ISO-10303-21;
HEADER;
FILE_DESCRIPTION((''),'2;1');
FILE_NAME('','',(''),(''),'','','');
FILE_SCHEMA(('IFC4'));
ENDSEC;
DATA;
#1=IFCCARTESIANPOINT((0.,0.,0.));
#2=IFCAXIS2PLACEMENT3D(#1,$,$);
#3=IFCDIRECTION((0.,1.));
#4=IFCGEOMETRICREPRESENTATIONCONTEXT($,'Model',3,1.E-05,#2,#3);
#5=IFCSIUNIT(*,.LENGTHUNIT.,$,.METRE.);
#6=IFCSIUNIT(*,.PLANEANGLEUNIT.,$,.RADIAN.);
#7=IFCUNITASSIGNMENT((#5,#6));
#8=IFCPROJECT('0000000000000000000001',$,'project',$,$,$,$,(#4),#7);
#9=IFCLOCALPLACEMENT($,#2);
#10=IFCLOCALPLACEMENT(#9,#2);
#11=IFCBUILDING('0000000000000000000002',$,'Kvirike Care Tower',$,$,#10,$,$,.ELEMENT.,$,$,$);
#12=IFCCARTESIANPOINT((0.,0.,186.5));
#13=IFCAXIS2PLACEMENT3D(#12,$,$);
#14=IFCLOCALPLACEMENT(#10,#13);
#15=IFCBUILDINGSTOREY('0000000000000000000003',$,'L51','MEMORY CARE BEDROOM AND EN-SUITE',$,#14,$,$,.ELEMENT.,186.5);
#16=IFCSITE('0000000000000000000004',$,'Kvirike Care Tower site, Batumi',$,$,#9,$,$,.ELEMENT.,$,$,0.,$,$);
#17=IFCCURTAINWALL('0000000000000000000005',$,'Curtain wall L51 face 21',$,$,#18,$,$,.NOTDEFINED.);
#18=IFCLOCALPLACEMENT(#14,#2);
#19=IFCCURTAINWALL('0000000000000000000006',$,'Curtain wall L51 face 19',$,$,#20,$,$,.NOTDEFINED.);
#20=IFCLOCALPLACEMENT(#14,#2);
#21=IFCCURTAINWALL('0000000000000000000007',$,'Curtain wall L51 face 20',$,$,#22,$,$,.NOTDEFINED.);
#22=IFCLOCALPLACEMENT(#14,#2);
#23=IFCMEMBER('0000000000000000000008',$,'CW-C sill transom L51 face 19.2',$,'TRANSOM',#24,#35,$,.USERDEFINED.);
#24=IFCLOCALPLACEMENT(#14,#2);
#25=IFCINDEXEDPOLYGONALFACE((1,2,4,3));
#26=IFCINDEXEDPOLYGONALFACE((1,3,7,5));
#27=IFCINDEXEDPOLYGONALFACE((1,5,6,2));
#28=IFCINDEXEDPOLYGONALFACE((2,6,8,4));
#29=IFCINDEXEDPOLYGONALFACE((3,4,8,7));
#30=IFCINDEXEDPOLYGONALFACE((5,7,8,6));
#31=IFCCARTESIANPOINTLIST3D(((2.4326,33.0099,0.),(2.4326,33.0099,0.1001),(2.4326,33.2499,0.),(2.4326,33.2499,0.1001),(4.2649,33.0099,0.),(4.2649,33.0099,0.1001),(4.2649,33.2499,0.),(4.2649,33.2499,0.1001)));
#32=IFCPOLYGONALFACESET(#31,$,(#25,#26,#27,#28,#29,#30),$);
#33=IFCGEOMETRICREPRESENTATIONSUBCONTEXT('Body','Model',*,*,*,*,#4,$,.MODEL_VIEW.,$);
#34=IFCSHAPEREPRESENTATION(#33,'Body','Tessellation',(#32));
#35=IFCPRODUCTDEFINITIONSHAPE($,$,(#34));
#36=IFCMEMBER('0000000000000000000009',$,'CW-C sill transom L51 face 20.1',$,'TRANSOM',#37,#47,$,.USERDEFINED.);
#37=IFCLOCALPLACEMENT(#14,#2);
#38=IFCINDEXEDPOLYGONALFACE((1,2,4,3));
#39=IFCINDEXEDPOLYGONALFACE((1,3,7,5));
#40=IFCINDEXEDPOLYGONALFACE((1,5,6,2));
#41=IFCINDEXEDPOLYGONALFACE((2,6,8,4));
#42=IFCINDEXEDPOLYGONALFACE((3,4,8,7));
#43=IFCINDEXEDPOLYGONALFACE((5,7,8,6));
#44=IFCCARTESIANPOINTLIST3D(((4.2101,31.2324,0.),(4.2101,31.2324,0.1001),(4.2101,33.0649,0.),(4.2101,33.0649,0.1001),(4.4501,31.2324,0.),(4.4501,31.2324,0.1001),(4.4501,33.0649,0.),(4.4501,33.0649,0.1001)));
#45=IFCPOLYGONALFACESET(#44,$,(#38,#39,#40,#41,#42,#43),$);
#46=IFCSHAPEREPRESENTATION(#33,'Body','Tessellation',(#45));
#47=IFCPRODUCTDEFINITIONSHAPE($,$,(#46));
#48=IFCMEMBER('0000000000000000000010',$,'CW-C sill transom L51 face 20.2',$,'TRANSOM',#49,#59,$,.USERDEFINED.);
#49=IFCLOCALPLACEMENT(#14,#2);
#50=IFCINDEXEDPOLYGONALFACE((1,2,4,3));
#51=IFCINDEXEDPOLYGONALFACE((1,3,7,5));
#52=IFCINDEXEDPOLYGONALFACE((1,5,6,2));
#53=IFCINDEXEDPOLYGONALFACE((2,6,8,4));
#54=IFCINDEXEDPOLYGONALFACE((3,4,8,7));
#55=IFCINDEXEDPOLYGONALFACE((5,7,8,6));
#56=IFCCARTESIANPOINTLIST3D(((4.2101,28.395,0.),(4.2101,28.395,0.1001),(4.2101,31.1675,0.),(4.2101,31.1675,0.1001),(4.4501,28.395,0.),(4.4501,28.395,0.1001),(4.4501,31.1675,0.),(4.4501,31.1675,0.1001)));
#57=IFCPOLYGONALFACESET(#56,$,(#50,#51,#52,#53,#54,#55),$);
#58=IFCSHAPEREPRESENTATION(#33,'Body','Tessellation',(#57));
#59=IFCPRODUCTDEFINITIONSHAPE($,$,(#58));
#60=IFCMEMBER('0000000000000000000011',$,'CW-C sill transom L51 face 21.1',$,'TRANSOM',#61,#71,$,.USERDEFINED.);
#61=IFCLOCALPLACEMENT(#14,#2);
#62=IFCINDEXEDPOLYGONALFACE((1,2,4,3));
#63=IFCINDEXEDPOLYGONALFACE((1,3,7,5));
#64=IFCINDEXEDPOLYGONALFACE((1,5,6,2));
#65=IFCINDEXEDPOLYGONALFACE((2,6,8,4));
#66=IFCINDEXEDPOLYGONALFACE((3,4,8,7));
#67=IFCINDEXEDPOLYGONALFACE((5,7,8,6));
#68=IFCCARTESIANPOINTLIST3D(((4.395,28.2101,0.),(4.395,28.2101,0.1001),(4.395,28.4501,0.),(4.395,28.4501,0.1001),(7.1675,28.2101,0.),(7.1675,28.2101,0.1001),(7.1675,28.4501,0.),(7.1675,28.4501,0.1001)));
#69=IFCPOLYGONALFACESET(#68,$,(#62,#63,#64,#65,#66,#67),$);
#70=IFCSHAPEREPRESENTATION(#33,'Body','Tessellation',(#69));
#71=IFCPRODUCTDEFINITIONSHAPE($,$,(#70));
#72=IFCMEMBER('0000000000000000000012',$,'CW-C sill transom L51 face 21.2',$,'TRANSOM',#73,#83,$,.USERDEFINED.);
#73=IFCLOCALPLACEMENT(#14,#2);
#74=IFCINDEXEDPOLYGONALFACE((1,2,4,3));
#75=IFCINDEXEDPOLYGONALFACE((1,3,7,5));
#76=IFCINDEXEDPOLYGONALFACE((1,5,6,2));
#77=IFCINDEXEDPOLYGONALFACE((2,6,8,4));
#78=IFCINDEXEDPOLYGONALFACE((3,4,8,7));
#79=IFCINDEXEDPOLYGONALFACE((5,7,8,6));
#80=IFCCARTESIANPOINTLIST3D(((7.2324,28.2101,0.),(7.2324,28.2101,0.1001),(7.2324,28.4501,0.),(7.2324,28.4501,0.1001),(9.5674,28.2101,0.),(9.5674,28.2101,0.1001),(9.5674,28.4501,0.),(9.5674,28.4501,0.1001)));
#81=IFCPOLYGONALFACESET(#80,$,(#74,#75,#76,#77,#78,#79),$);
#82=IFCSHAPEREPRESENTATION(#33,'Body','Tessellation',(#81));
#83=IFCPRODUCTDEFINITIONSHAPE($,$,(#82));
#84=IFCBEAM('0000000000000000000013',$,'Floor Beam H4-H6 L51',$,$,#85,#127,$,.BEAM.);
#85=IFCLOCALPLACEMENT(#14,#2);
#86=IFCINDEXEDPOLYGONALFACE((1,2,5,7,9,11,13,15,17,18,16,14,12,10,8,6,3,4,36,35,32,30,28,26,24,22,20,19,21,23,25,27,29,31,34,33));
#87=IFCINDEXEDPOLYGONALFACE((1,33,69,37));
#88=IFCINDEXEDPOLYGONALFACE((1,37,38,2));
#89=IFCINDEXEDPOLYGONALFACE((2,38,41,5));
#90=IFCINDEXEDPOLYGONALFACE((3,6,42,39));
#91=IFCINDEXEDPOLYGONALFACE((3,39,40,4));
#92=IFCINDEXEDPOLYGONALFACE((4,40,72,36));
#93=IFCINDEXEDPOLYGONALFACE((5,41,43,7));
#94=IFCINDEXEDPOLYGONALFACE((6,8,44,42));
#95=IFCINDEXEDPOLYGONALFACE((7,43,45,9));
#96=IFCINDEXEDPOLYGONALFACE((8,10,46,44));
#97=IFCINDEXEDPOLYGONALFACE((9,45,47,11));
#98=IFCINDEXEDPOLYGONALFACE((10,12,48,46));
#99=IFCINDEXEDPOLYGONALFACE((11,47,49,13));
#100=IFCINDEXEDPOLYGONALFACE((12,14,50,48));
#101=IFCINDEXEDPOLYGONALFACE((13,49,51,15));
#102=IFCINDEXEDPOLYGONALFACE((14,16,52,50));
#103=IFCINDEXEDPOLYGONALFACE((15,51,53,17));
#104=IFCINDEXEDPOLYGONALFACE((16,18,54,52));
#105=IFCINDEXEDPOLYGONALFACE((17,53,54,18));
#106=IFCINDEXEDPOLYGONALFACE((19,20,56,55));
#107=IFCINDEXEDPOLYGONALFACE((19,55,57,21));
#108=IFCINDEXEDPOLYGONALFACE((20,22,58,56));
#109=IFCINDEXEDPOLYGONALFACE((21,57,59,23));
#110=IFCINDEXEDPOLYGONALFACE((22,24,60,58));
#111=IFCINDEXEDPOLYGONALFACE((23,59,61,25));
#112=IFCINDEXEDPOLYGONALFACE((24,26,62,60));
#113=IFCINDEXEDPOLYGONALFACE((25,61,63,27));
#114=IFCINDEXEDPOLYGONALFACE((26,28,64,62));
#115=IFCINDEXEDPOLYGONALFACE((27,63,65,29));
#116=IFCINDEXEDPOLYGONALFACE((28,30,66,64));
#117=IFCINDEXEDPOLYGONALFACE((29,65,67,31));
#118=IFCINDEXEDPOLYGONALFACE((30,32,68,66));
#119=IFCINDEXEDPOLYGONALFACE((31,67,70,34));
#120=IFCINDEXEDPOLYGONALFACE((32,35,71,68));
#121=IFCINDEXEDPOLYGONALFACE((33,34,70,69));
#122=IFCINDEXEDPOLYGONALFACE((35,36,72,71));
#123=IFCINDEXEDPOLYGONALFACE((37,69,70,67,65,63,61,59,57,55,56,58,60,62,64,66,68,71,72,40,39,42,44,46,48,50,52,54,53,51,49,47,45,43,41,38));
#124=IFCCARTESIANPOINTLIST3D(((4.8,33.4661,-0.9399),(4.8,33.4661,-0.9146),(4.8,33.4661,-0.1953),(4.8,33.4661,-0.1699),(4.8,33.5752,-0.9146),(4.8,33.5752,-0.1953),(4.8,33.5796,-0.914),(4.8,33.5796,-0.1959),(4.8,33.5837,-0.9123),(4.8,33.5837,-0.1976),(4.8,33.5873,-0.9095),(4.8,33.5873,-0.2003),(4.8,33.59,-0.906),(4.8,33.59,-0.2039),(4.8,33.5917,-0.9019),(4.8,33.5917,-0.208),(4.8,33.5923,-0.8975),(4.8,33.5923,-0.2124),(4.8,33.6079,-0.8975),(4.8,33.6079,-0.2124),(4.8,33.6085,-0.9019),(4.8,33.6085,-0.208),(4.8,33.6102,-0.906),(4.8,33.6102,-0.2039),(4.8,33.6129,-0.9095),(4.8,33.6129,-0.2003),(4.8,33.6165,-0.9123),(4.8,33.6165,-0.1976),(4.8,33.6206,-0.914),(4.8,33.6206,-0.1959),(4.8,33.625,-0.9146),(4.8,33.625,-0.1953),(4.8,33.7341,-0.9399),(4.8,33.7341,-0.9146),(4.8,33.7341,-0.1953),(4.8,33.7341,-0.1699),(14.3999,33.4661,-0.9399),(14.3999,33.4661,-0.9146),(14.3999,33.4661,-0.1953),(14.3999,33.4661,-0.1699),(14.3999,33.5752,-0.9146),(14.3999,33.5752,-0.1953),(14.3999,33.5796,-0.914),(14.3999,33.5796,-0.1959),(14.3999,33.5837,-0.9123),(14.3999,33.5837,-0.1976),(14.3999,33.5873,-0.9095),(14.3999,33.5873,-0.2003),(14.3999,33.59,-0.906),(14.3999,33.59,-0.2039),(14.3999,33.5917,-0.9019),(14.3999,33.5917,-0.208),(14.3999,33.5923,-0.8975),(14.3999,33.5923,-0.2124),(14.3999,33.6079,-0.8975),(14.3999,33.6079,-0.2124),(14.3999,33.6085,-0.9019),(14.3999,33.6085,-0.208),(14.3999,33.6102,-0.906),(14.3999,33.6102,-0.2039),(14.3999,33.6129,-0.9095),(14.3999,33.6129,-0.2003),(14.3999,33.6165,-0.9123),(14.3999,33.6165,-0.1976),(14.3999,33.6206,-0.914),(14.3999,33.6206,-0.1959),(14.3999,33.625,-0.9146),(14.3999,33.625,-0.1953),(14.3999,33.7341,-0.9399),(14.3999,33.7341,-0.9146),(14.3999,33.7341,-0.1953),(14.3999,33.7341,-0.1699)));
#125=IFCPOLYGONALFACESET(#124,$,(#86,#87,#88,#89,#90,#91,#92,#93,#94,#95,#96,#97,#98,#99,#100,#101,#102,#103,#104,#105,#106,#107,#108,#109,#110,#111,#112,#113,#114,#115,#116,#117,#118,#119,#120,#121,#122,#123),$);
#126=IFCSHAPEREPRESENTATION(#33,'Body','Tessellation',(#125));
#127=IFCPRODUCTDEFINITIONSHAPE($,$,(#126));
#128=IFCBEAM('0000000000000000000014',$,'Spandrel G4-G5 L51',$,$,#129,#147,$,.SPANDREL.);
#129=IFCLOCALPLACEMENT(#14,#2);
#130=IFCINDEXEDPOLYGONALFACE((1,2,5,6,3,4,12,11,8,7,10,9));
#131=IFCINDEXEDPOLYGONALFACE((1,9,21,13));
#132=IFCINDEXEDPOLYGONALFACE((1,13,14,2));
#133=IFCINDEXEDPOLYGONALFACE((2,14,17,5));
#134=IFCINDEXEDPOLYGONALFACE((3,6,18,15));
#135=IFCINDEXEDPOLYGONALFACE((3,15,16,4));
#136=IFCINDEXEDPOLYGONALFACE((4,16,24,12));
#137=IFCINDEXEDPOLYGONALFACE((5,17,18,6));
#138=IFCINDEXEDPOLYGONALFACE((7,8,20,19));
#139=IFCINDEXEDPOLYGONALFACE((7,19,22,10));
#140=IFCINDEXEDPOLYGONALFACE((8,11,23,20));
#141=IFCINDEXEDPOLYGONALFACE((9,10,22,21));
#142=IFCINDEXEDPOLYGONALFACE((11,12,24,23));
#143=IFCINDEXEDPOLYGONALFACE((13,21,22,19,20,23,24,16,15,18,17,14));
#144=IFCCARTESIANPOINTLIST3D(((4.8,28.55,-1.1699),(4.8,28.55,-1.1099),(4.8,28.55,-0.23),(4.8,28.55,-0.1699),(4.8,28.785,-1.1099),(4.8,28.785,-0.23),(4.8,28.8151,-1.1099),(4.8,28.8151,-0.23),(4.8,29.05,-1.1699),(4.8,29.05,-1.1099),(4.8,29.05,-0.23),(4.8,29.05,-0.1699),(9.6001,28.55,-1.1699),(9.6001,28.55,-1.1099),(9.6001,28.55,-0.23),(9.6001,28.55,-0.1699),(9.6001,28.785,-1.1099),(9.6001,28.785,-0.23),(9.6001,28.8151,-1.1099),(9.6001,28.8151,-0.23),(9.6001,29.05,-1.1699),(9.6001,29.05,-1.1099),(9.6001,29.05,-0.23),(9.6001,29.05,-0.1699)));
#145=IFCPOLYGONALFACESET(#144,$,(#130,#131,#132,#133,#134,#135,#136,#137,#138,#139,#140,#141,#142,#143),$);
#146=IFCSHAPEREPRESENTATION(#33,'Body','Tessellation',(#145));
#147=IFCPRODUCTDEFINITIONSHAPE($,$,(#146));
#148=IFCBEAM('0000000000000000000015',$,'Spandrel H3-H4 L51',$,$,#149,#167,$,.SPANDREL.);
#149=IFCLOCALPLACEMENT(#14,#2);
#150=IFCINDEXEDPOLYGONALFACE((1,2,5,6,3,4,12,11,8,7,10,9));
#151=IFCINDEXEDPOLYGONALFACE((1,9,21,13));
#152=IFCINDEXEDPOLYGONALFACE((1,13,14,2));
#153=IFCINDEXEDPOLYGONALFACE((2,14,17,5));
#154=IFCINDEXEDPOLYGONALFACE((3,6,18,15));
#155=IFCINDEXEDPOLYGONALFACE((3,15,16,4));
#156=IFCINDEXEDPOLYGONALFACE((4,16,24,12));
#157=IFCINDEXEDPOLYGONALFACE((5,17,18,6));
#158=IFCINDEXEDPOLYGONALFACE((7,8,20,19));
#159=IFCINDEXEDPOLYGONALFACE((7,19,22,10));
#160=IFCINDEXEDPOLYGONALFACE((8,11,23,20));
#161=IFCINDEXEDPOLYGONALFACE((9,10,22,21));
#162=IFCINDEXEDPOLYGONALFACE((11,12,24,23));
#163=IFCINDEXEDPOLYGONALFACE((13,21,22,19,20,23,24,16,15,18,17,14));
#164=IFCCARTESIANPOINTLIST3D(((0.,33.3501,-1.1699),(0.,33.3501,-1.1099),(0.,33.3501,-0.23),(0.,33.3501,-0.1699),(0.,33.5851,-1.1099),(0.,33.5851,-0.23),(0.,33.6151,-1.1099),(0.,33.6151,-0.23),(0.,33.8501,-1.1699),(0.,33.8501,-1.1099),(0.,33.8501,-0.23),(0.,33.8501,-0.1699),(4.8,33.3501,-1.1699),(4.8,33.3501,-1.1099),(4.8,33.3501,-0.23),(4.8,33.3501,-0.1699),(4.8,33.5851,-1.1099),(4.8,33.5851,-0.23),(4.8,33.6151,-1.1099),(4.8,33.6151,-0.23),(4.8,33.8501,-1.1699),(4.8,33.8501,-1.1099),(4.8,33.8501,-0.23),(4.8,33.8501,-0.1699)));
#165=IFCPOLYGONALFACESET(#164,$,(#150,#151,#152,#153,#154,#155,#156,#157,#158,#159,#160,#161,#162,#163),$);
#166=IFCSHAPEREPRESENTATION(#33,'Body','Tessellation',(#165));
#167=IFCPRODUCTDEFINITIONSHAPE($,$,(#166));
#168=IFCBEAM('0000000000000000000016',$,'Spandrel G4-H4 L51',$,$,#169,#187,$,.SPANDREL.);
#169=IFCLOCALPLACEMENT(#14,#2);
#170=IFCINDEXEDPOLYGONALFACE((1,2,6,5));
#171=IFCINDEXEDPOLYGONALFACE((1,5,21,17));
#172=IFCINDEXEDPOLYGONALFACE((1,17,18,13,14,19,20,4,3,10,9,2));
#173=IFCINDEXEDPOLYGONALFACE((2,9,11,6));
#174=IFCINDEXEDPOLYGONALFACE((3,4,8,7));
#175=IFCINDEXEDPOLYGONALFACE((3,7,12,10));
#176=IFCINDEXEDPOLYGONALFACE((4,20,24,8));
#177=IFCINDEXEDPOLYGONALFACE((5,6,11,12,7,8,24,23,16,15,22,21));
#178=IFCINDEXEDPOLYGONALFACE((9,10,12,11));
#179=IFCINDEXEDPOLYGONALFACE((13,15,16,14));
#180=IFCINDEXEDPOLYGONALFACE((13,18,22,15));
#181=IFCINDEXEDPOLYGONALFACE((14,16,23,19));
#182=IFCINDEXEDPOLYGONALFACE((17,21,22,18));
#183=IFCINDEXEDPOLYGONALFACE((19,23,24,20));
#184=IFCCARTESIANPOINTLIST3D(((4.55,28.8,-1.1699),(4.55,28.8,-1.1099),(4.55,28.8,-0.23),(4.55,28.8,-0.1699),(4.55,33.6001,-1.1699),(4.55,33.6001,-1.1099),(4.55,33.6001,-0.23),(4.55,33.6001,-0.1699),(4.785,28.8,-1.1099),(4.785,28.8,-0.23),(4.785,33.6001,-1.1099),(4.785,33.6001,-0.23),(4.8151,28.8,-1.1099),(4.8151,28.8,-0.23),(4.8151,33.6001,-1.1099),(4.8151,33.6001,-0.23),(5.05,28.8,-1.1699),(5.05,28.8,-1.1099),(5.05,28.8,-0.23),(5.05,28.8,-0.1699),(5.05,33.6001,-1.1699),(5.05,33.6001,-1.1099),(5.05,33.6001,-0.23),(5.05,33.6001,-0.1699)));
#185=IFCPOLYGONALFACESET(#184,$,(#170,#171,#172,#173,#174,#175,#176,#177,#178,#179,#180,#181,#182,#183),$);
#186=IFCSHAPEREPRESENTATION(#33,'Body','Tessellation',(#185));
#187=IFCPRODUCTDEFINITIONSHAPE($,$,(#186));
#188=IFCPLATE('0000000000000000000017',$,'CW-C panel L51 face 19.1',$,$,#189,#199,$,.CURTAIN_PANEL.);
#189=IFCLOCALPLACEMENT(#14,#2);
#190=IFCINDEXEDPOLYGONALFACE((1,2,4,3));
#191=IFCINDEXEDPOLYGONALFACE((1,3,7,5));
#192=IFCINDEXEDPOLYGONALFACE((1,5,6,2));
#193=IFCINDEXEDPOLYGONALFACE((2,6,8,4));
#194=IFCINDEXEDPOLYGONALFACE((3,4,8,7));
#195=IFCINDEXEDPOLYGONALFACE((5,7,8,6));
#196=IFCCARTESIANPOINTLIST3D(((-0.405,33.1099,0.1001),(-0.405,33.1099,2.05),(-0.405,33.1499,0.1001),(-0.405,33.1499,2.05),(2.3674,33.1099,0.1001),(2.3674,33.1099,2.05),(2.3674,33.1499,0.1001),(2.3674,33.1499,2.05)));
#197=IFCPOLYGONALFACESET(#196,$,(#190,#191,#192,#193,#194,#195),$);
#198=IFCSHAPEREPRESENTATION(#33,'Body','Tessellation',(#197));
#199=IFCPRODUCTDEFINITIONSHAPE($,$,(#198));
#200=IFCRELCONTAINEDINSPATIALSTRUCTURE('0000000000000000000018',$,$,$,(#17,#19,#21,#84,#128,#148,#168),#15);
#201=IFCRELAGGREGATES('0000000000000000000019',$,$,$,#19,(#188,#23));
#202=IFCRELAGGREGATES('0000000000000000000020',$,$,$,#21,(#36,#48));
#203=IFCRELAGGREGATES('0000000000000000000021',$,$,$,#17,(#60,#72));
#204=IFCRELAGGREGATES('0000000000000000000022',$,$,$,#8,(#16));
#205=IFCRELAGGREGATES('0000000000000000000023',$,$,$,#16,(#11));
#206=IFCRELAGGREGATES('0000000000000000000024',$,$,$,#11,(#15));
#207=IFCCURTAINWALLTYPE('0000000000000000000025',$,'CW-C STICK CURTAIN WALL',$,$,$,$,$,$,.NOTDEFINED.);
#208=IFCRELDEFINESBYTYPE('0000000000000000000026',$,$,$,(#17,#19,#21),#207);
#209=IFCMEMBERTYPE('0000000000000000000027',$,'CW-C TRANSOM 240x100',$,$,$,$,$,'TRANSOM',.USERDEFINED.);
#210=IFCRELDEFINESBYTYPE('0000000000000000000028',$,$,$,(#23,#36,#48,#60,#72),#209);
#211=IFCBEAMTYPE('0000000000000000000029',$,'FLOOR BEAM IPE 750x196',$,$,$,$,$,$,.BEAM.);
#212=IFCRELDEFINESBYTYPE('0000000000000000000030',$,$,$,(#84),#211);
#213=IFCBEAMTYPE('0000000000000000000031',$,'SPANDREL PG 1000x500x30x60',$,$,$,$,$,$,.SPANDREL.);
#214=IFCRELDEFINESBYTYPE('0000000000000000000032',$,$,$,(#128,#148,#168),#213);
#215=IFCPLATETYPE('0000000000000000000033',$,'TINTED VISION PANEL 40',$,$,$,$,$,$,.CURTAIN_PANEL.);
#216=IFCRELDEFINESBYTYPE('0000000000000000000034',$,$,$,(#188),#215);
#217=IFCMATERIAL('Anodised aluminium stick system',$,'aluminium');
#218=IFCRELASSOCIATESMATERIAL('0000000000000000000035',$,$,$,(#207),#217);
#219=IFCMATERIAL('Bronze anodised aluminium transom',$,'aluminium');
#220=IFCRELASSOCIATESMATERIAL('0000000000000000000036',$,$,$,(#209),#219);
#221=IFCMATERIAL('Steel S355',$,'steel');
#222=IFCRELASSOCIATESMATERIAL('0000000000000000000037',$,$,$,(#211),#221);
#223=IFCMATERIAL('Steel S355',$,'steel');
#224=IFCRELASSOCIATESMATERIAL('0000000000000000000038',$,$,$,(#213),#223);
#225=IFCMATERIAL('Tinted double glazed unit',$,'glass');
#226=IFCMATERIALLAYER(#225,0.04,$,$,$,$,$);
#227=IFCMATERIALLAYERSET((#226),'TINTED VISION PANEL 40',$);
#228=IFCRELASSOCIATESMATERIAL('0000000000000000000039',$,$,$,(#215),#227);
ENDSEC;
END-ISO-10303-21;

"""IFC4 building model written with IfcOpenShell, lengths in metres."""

from ifc_helpers import new_model, si_unit, direction, frame, origin, origin_2d, place, context, subcontext, project, spatial, rectangle, i_section, extrude, material, layer, layer_set, material_profile, profile_set, type_object, element, aggregate, save


model = new_model("IFC4")

# Units and contexts
model_context = context("Model", 3, precision=1e-05, world=origin(), true_north=direction((0.0, 1.0)))
body_context = subcontext(model_context, "Body", "Model", "MODEL_VIEW")
ifc_project = project(units=[si_unit("LENGTHUNIT", "METRE"), si_unit("PLANEANGLEUNIT", "RADIAN")], contexts=[model_context])

# Site, building, storey
site_placement = place(None, origin())
site = spatial("IfcSite", under=ifc_project, at=site_placement, Name="Kvirike Care Tower site, Batumi", CompositionType="ELEMENT", RefElevation=0.0)
building_placement = place(site_placement, origin())
building = spatial("IfcBuilding", under=site, at=building_placement, Name="Kvirike Care Tower", CompositionType="ELEMENT")
storey_placement = place(building_placement, frame((0.0, 0.0, 186.5)))
storey = spatial("IfcBuildingStorey", under=building, at=storey_placement, Name="L51", Description="MEMORY CARE BEDROOM AND EN-SUITE", CompositionType="ELEMENT", Elevation=186.5)

# Curtain wall
ifc_material_1 = material(Name="Anodised aluminium stick system", Category="aluminium")
curtain_wall_type = type_object("IfcCurtainWallType", Name="CW-C STICK CURTAIN WALL", PredefinedType="NOTDEFINED", material=ifc_material_1)
curtain_wall_1_placement = place(storey_placement, origin())
curtain_wall_1 = element("IfcCurtainWall", 1, at=curtain_wall_1_placement, inside=storey, type_object=curtain_wall_type, Name="Curtain wall L51 face 21", PredefinedType="NOTDEFINED")

# Curtain walls
curtain_wall_2_placement = place(storey_placement, origin())
curtain_wall_2 = element("IfcCurtainWall", 2, at=curtain_wall_2_placement, inside=storey, type_object=curtain_wall_type, Name="Curtain wall L51 face 19", PredefinedType="NOTDEFINED")
curtain_wall_3_placement = place(storey_placement, origin())
curtain_wall_3 = element("IfcCurtainWall", 3, at=curtain_wall_3_placement, inside=storey, type_object=curtain_wall_type, Name="Curtain wall L51 face 20", PredefinedType="NOTDEFINED")

# Members
ifc_material_2 = material(Name="Bronze anodised aluminium transom", Category="aluminium")
ifc_material_profile_1 = material_profile(ifc_material_2, rectangle(XDim=0.24, YDim=0.1001, at=origin_2d()), Name="CW-C TRANSOM 240x100")
ifc_profile_set_1 = profile_set([ifc_material_profile_1], Name="Bronze anodised aluminium transom")
member_type_1 = type_object("IfcMemberType", Name="CW-C TRANSOM 240x100", ElementType="TRANSOM", PredefinedType="USERDEFINED", material=ifc_profile_set_1)
member_1_placement = place(storey_placement, frame((2.4326, 33.1299, 0.05), z_axis=(1.0, 0.0, 0.0), x_axis=(0.0, 1.0, 0.0)))
member_1 = element("IfcMember", 4, at=member_1_placement, type_object=member_type_1, Name="CW-C sill transom L51 face 19.2", ObjectType="TRANSOM", PredefinedType="USERDEFINED", context=body_context, shape_type="SweptSolid", body=[
    extrude(rectangle(XDim=0.24, YDim=0.1001, at=origin_2d()), origin(), (0.0, 0.0, 1.0), 1.8323),
])
member_2_placement = place(storey_placement, frame((4.3301, 33.0649, 0.05), z_axis=(0.0, -1.0, 0.0), x_axis=(1.0, 0.0, 0.0)))
member_2 = element("IfcMember", 5, at=member_2_placement, type_object=member_type_1, Name="CW-C sill transom L51 face 20.1", ObjectType="TRANSOM", PredefinedType="USERDEFINED", context=body_context, shape_type="SweptSolid", body=[
    extrude(rectangle(XDim=0.24, YDim=0.1001, at=origin_2d()), origin(), (0.0, 0.0, 1.0), 1.8325),
])
member_3_placement = place(storey_placement, frame((4.3301, 31.1675, 0.05), z_axis=(0.0, -1.0, 0.0), x_axis=(1.0, 0.0, 0.0)))
member_3 = element("IfcMember", 6, at=member_3_placement, type_object=member_type_1, Name="CW-C sill transom L51 face 20.2", ObjectType="TRANSOM", PredefinedType="USERDEFINED", context=body_context, shape_type="SweptSolid", body=[
    extrude(rectangle(XDim=0.24, YDim=0.1001, at=origin_2d()), origin(), (0.0, 0.0, 1.0), 2.7725),
])
member_4_placement = place(storey_placement, frame((4.395, 28.3301, 0.05), z_axis=(1.0, 0.0, 0.0), x_axis=(0.0, 1.0, 0.0)))
member_4 = element("IfcMember", 7, at=member_4_placement, type_object=member_type_1, Name="CW-C sill transom L51 face 21.1", ObjectType="TRANSOM", PredefinedType="USERDEFINED", context=body_context, shape_type="SweptSolid", body=[
    extrude(rectangle(XDim=0.24, YDim=0.1001, at=origin_2d()), origin(), (0.0, 0.0, 1.0), 2.7725),
])
member_5_placement = place(storey_placement, frame((7.2324, 28.3301, 0.05), z_axis=(1.0, 0.0, 0.0), x_axis=(0.0, 1.0, 0.0)))
member_5 = element("IfcMember", 8, at=member_5_placement, type_object=member_type_1, Name="CW-C sill transom L51 face 21.2", ObjectType="TRANSOM", PredefinedType="USERDEFINED", context=body_context, shape_type="SweptSolid", body=[
    extrude(rectangle(XDim=0.24, YDim=0.1001, at=origin_2d()), origin(), (0.0, 0.0, 1.0), 2.335),
])

# Beams
ifc_material_3 = material(Name="Steel S355", Category="steel")
ifc_material_profile_2 = material_profile(ifc_material_3, i_section(OverallWidth=0.2681, OverallDepth=0.77, WebThickness=0.0156, FlangeThickness=0.0254, FilletRadius=0.0171, at=origin_2d()), Name="IPE 750x196")
ifc_profile_set_2 = profile_set([ifc_material_profile_2], Name="Steel S355")
beam_type_1 = type_object("IfcBeamType", Name="FLOOR BEAM IPE 750x196", PredefinedType="BEAM", material=ifc_profile_set_2)
beam_placement = place(storey_placement, frame((4.8, 33.6001, -0.5549), z_axis=(1.0, 0.0, 0.0), x_axis=(0.0, 1.0, 0.0)))
element("IfcBeam", 9, at=beam_placement, inside=storey, type_object=beam_type_1, Name="Floor Beam H4-H6 L51", PredefinedType="BEAM", context=body_context, shape_type="SweptSolid", body=[
    extrude(i_section(OverallWidth=0.2681, OverallDepth=0.77, WebThickness=0.0156, FlangeThickness=0.0254, FilletRadius=0.0171, at=origin_2d()), origin(), (0.0, 0.0, 1.0), 9.5999),
])
ifc_material_4 = material(Name="Steel S355", Category="steel")
ifc_material_profile_3 = material_profile(ifc_material_4, i_section(OverallWidth=0.5, OverallDepth=1.0, WebThickness=0.03, FlangeThickness=0.0601, at=origin_2d()), Name="PG 1000x500x30x60")
ifc_profile_set_3 = profile_set([ifc_material_profile_3], Name="Steel S355")
beam_type_2 = type_object("IfcBeamType", Name="SPANDREL PG 1000x500x30x60", PredefinedType="SPANDREL", material=ifc_profile_set_3)
for number, where, z_axis, x_axis, name in (
    (10, (4.8, 28.8, -0.6699), (1.0, 0.0, 0.0), (0.0, 1.0, 0.0), "Spandrel G4-G5 L51"),
    (11, (0.0, 33.6001, -0.6699), (1.0, 0.0, 0.0), (0.0, 1.0, 0.0), "Spandrel H3-H4 L51"),
    (12, (4.8, 28.8, -0.6699), (0.0, 1.0, 0.0), (-1.0, 0.0, 0.0), "Spandrel G4-H4 L51"),
):
    element("IfcBeam", number, at=place(storey_placement, frame(where, z_axis=z_axis, x_axis=x_axis)), inside=storey, type_object=beam_type_2, Name=name, PredefinedType="SPANDREL", context=body_context, shape_type="SweptSolid", body=[
        extrude(i_section(OverallWidth=0.5, OverallDepth=1.0, WebThickness=0.03, FlangeThickness=0.0601, at=origin_2d()), origin(), (0.0, 0.0, 1.0), 4.8),
    ])

# Plate
ifc_material_5 = material(Name="Tinted double glazed unit", Category="glass")
ifc_layer_1 = layer(ifc_material_5, 0.04)
ifc_layer_set_1 = layer_set([ifc_layer_1], Name="TINTED VISION PANEL 40")
plate_type = type_object("IfcPlateType", Name="TINTED VISION PANEL 40", PredefinedType="CURTAIN_PANEL", material=ifc_layer_set_1)
plate_1_placement = place(storey_placement, frame((0.9812, 33.1299, 0.1001), z_axis=(0.0, 0.0, 1.0), x_axis=(1.0, 0.0, 0.0)))
plate_1 = element("IfcPlate", 13, at=plate_1_placement, type_object=plate_type, Name="CW-C panel L51 face 19.1", PredefinedType="CURTAIN_PANEL", context=body_context, shape_type="SweptSolid", body=[
    extrude(rectangle(XDim=2.7725, YDim=0.04, at=origin_2d()), origin(), (0.0, 0.0, 1.0), 1.95),
])
aggregate(curtain_wall_2, [plate_1, member_1])
aggregate(curtain_wall_3, [member_2, member_3])
aggregate(curtain_wall_1, [member_4, member_5])

save(model, "model.ifc")
